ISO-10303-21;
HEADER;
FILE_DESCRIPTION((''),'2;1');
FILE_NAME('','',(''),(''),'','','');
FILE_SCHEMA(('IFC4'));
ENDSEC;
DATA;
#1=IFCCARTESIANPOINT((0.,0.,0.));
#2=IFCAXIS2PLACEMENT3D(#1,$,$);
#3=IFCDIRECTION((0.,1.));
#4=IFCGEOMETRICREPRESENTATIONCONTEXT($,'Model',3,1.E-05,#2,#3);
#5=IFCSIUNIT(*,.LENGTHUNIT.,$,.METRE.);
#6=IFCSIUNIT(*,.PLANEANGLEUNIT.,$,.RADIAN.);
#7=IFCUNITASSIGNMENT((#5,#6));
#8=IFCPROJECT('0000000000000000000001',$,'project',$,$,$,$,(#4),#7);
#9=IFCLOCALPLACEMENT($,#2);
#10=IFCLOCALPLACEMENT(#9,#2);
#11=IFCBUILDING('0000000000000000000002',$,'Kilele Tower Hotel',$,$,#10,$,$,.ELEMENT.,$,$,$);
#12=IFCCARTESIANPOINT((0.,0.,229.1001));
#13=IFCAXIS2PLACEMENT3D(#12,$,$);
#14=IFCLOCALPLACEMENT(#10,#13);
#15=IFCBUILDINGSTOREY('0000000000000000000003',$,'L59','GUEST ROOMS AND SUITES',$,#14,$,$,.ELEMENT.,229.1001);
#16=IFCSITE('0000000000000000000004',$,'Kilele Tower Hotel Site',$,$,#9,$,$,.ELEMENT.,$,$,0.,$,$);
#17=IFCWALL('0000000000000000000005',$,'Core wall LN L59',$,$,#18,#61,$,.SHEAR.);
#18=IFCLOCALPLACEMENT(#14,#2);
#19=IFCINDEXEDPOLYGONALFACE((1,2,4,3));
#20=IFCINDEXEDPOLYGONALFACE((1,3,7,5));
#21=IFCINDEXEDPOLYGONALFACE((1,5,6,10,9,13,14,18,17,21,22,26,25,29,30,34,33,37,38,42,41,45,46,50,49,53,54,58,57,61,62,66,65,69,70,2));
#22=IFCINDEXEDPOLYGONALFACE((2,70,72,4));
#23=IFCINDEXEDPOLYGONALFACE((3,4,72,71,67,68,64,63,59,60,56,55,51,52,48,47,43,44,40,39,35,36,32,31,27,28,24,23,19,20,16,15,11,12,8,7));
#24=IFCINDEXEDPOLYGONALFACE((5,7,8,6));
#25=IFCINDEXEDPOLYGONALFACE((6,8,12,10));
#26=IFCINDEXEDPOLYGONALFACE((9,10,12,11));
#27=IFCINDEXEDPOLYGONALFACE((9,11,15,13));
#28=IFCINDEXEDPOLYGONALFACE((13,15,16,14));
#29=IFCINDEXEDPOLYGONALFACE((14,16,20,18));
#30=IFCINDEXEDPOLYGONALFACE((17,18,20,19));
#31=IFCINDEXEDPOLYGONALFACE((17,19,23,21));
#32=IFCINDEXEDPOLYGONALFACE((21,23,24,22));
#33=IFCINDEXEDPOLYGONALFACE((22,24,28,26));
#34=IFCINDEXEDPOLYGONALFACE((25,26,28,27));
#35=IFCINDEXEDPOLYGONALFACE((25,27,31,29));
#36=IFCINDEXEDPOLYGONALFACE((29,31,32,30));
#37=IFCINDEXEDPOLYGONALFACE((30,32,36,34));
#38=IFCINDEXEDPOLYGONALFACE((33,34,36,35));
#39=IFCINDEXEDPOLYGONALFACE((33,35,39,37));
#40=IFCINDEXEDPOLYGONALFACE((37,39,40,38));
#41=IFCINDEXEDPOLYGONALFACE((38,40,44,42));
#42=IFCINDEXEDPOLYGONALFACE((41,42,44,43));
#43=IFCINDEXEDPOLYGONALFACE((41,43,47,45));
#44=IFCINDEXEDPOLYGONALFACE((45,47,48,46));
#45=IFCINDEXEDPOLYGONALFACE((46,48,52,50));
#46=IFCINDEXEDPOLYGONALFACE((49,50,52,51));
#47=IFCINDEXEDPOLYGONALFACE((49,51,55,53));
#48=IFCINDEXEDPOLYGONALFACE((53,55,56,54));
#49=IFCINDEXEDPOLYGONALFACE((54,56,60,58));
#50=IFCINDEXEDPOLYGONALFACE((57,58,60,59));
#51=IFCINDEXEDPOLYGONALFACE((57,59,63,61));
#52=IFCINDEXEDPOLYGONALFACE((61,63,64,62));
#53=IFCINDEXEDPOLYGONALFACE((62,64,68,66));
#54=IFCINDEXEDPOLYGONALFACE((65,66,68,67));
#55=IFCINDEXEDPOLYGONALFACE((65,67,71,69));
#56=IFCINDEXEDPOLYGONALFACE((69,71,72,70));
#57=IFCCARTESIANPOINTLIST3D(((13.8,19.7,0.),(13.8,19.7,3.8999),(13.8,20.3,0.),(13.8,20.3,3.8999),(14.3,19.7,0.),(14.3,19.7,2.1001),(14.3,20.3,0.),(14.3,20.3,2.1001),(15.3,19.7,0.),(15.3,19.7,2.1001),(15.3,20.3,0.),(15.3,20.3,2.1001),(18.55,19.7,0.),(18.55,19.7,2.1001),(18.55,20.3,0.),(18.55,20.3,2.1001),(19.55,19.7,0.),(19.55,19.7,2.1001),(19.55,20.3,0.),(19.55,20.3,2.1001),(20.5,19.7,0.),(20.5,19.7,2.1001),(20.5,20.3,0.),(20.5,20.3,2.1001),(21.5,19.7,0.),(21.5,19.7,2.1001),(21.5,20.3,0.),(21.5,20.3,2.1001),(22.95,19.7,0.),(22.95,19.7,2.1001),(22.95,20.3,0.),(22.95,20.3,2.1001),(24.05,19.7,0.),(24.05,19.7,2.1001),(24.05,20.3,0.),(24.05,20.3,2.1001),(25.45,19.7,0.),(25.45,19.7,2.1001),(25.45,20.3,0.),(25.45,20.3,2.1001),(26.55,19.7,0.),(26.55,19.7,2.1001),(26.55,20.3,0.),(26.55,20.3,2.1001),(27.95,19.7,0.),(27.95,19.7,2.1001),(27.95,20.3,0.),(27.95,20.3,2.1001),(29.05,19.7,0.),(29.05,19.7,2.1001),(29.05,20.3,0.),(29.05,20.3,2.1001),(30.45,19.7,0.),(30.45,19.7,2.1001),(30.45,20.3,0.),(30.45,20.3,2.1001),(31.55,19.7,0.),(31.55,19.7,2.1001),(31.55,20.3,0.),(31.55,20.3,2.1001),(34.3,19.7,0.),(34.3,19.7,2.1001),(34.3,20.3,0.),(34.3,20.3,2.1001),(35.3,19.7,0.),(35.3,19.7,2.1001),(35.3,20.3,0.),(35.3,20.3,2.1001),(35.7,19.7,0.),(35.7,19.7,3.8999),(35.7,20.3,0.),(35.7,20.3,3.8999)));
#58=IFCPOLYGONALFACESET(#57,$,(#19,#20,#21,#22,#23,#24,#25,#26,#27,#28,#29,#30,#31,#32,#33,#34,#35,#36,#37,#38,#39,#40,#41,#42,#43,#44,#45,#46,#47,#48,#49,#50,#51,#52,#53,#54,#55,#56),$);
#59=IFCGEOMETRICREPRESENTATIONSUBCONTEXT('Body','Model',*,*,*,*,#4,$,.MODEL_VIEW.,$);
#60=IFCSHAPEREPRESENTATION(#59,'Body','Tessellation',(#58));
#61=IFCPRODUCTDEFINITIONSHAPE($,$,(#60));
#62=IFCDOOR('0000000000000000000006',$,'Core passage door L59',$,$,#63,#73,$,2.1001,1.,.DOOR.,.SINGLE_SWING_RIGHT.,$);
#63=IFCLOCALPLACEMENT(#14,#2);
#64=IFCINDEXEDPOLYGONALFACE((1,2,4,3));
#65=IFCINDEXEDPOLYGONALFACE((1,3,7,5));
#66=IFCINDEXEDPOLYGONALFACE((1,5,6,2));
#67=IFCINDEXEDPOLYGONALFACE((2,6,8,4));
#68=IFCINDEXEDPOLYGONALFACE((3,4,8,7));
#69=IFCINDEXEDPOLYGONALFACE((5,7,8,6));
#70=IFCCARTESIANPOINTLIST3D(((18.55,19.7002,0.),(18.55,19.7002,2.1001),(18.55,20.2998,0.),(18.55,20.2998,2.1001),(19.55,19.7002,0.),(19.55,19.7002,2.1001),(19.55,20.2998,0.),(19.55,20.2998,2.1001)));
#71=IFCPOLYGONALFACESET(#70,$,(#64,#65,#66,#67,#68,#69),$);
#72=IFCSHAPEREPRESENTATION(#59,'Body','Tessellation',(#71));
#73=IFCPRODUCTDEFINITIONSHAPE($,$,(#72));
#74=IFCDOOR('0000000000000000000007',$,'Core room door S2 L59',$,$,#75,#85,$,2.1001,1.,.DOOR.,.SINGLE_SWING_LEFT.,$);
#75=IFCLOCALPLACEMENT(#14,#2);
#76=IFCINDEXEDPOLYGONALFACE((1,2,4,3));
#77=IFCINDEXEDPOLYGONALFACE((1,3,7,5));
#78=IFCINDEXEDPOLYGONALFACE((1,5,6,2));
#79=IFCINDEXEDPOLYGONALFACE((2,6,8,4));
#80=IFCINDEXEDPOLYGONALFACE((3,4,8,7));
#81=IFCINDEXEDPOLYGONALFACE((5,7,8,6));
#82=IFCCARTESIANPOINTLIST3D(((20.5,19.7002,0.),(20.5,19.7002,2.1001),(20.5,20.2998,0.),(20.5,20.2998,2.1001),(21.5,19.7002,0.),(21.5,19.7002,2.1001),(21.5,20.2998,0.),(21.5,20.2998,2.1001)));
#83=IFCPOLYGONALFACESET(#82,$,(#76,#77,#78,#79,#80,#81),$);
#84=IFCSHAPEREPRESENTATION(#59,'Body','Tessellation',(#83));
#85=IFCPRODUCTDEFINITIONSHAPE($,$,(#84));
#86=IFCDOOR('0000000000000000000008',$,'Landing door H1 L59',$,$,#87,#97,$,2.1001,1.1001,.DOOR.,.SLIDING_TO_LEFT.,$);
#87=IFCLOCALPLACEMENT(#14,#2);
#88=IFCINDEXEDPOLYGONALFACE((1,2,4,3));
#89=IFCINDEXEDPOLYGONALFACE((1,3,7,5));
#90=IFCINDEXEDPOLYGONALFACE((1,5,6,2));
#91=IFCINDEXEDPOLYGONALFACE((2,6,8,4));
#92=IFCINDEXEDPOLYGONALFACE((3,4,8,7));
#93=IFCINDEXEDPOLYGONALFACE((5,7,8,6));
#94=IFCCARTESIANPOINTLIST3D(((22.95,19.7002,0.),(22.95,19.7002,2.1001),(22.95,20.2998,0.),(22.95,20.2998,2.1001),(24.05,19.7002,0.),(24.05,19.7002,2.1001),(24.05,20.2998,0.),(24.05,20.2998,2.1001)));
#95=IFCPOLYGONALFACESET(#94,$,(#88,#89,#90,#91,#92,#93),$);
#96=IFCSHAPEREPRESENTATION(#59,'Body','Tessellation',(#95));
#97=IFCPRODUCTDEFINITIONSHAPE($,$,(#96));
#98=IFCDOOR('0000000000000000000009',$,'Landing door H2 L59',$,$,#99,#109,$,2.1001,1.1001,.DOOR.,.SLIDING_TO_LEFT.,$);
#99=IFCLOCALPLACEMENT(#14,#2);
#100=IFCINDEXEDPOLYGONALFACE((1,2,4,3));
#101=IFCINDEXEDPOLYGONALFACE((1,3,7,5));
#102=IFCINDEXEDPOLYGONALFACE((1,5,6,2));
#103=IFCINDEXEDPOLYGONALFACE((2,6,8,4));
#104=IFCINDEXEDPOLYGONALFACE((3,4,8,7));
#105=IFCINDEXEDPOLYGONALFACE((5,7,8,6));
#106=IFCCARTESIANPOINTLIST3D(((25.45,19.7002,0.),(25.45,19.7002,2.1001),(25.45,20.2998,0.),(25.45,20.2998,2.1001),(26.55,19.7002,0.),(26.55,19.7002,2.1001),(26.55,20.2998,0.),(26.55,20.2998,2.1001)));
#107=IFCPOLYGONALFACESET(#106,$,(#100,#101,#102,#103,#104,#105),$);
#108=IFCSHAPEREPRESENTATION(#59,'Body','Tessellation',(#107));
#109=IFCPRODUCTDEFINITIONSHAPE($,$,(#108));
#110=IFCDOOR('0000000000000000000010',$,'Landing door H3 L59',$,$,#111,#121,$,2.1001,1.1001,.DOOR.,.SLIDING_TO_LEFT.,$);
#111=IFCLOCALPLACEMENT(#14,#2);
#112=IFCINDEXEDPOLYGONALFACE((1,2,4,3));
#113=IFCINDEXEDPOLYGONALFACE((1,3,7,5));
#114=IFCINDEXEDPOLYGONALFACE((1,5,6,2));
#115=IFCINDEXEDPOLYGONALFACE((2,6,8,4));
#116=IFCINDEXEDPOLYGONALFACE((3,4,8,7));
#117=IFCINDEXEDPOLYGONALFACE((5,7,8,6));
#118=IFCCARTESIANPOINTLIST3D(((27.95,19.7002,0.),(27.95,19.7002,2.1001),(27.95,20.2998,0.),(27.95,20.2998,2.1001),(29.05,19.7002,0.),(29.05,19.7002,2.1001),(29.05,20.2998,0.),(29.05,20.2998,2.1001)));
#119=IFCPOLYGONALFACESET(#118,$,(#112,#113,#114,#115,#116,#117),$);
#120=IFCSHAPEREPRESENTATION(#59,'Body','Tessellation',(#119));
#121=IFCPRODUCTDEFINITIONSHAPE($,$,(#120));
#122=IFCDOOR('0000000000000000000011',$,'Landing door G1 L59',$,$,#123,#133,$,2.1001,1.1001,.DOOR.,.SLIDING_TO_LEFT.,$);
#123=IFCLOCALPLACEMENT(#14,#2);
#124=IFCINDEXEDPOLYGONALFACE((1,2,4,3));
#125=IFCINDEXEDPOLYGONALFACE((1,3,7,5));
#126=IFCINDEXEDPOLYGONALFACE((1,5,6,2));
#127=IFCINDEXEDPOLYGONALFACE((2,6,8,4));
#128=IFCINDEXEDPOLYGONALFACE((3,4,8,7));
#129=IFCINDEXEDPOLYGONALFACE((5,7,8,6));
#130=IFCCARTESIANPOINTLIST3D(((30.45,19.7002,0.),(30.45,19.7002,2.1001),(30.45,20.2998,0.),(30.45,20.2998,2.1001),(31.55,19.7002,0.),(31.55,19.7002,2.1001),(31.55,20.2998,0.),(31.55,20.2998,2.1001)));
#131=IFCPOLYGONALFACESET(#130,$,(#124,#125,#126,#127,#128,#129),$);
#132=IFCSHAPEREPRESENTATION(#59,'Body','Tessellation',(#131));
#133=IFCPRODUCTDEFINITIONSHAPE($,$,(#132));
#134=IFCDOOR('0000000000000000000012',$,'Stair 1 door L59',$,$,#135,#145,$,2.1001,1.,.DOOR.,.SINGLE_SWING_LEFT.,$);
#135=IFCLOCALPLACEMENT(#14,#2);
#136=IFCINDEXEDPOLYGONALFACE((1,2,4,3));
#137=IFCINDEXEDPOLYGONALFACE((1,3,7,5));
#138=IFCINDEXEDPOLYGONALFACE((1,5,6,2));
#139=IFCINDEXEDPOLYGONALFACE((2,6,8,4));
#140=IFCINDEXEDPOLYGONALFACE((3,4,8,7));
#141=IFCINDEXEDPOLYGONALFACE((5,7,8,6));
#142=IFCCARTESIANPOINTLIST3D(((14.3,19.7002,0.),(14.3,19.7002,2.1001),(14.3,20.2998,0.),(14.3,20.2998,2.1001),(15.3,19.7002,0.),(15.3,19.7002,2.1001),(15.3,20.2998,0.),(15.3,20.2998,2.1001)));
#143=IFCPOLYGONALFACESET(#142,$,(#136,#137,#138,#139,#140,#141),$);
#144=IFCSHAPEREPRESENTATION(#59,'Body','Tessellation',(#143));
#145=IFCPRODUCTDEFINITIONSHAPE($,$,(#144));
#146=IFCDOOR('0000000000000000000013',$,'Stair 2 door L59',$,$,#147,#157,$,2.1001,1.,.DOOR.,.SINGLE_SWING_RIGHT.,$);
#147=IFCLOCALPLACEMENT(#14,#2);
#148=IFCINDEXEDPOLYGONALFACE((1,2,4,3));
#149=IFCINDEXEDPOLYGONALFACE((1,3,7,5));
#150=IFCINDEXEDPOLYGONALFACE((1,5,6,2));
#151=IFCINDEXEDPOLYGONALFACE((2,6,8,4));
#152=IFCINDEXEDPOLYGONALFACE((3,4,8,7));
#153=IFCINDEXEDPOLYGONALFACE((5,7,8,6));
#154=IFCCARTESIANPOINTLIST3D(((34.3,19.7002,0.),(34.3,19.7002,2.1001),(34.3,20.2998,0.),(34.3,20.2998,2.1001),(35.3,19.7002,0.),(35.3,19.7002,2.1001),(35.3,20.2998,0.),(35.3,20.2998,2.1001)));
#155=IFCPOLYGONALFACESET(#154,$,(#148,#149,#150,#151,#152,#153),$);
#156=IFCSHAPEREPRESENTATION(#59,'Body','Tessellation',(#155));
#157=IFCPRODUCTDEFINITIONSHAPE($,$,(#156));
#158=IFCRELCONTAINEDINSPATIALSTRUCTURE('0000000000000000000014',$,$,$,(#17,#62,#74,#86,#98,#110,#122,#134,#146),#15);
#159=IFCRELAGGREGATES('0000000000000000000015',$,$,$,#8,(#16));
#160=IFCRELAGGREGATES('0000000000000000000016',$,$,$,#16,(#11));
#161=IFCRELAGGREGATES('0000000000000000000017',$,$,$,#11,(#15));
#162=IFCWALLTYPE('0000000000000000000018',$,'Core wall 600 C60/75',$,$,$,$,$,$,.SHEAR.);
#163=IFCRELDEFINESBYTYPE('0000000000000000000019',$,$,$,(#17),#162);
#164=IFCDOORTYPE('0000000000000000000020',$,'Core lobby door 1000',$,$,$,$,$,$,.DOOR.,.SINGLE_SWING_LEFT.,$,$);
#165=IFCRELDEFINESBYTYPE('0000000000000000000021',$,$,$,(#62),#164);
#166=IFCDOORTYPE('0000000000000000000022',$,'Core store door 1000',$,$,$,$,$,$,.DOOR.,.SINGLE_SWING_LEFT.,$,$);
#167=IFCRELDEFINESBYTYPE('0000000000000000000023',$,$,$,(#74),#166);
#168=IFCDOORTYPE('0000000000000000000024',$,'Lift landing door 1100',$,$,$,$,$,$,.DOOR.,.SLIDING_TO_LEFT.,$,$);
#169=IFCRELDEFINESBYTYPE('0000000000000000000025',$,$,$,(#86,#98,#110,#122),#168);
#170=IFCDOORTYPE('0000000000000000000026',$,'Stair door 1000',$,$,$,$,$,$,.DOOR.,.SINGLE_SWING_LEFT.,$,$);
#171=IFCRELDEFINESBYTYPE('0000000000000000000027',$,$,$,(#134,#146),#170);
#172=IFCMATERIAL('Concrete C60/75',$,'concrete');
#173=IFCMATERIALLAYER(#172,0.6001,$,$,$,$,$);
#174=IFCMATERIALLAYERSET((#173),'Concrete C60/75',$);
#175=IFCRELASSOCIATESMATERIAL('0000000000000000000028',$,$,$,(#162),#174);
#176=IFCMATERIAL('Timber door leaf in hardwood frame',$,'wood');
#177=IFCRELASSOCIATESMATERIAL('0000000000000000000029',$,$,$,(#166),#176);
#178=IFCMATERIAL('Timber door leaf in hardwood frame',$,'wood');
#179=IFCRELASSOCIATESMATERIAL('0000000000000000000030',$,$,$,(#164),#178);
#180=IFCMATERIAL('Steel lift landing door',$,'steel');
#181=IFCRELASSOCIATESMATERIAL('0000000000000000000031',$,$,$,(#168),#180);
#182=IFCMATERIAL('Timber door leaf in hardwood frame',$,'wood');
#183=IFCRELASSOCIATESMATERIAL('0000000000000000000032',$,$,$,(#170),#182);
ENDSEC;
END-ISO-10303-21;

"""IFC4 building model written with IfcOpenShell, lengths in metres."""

from ifc_helpers import new_model, si_unit, direction, frame, frame_2d, origin, place, context, subcontext, project, spatial, rectangle, extrude, material, layer, layer_set, type_object, element, fill, save


model = new_model("IFC4")

# Units and contexts
model_context = context("Model", 3, precision=1e-05, world=origin(), true_north=direction((0.0, 1.0)))
body_context = subcontext(model_context, "Body", "Model", "MODEL_VIEW")
ifc_project = project(units=[si_unit("LENGTHUNIT", "METRE"), si_unit("PLANEANGLEUNIT", "RADIAN")], contexts=[model_context])

# Site, building, storey
site_placement = place(None, origin())
site = spatial("IfcSite", under=ifc_project, at=site_placement, Name="Kilele Tower Hotel Site", CompositionType="ELEMENT", RefElevation=0.0)
building_placement = place(site_placement, origin())
building = spatial("IfcBuilding", under=site, at=building_placement, Name="Kilele Tower Hotel", CompositionType="ELEMENT")
storey_placement = place(building_placement, frame((0.0, 0.0, 229.1001)))
storey = spatial("IfcBuildingStorey", under=building, at=storey_placement, Name="L59", Description="GUEST ROOMS AND SUITES", CompositionType="ELEMENT", Elevation=229.1001)

# Shared definitions
ifc_material_1 = material(Name="Concrete C60/75", Category="concrete")
ifc_layer_1 = layer(ifc_material_1, 0.6001)
ifc_layer_set_1 = layer_set([ifc_layer_1], Name="Concrete C60/75")
wall_type_1 = type_object("IfcWallType", Name="Core wall 600 C60/75", PredefinedType="SHEAR", material=ifc_layer_set_1)

# Wall, openings, doors
ifc_material_2 = material(Name="Timber door leaf in hardwood frame", Category="wood")
door_type_1 = type_object("IfcDoorType", Name="Core store door 1000", OperationType="SINGLE_SWING_LEFT", PredefinedType="DOOR", material=ifc_material_2)
wall_1_placement = place(storey_placement, frame((13.8, 20.0, 0.0), z_axis=(0.0, 0.0, 1.0), x_axis=(1.0, 0.0, 0.0)))
wall_1 = element("IfcWall", 1, at=wall_1_placement, inside=storey, type_object=wall_type_1, Name="Core wall LN L59", PredefinedType="SHEAR", context=body_context, shape_type="SweptSolid", body=[
    extrude(rectangle(XDim=21.8999, YDim=0.6001, at=frame_2d((10.95, 0.0))), origin(), (0.0, 0.0, 1.0), 3.8999),
])
opening_1_placement = place(wall_1_placement, frame((0.5, 0.0, 0.0)))
opening_1 = element("IfcOpeningElement", 2, at=opening_1_placement, cuts=wall_1, PredefinedType="OPENING", context=body_context, shape_type="SweptSolid", body=[
    extrude(rectangle(XDim=1.0, YDim=2.1001, at=frame_2d((0.5, 1.05))), frame((0.0, 0.3101, 0.0), z_axis=(0.0, -1.0, 0.0), x_axis=(1.0, 0.0, 0.0)), (0.0, 0.0, 1.0), 0.6201),
])
opening_2_placement = place(wall_1_placement, frame((20.5, 0.0, 0.0)))
opening_2 = element("IfcOpeningElement", 3, at=opening_2_placement, cuts=wall_1, PredefinedType="OPENING", context=body_context, shape_type="SweptSolid", body=[
    extrude(rectangle(XDim=1.0, YDim=2.1001, at=frame_2d((0.5, 1.05))), frame((0.0, 0.3101, 0.0), z_axis=(0.0, -1.0, 0.0), x_axis=(1.0, 0.0, 0.0)), (0.0, 0.0, 1.0), 0.6201),
])
opening_3_placement = place(wall_1_placement, frame((9.1499, 0.0, 0.0)))
opening_3 = element("IfcOpeningElement", 4, at=opening_3_placement, cuts=wall_1, PredefinedType="OPENING", context=body_context, shape_type="SweptSolid", body=[
    extrude(rectangle(XDim=1.1001, YDim=2.1001, at=frame_2d((0.55, 1.05))), frame((0.0, 0.3101, 0.0), z_axis=(0.0, -1.0, 0.0), x_axis=(1.0, 0.0, 0.0)), (0.0, 0.0, 1.0), 0.6201),
])
opening_4_placement = place(wall_1_placement, frame((11.6499, 0.0, 0.0)))
opening_4 = element("IfcOpeningElement", 5, at=opening_4_placement, cuts=wall_1, PredefinedType="OPENING", context=body_context, shape_type="SweptSolid", body=[
    extrude(rectangle(XDim=1.1001, YDim=2.1001, at=frame_2d((0.55, 1.05))), frame((0.0, 0.3101, 0.0), z_axis=(0.0, -1.0, 0.0), x_axis=(1.0, 0.0, 0.0)), (0.0, 0.0, 1.0), 0.6201),
])
opening_5_placement = place(wall_1_placement, frame((14.1499, 0.0, 0.0)))
opening_5 = element("IfcOpeningElement", 6, at=opening_5_placement, cuts=wall_1, PredefinedType="OPENING", context=body_context, shape_type="SweptSolid", body=[
    extrude(rectangle(XDim=1.1001, YDim=2.1001, at=frame_2d((0.55, 1.05))), frame((0.0, 0.3101, 0.0), z_axis=(0.0, -1.0, 0.0), x_axis=(1.0, 0.0, 0.0)), (0.0, 0.0, 1.0), 0.6201),
])
opening_6_placement = place(wall_1_placement, frame((16.6499, 0.0, 0.0)))
opening_6 = element("IfcOpeningElement", 7, at=opening_6_placement, cuts=wall_1, PredefinedType="OPENING", context=body_context, shape_type="SweptSolid", body=[
    extrude(rectangle(XDim=1.1001, YDim=2.1001, at=frame_2d((0.55, 1.05))), frame((0.0, 0.3101, 0.0), z_axis=(0.0, -1.0, 0.0), x_axis=(1.0, 0.0, 0.0)), (0.0, 0.0, 1.0), 0.6201),
])
opening_7_placement = place(wall_1_placement, frame((5.75, 0.0, 0.0), z_axis=(0.0, 0.0, 1.0), x_axis=(-1.0, 0.0, 0.0)))
opening_7 = element("IfcOpeningElement", 8, at=opening_7_placement, cuts=wall_1, PredefinedType="OPENING", context=body_context, shape_type="SweptSolid", body=[
    extrude(rectangle(XDim=1.0, YDim=2.1001, at=frame_2d((0.5, 1.05))), frame((0.0, 0.3101, 0.0), z_axis=(0.0, -1.0, 0.0), x_axis=(1.0, 0.0, 0.0)), (0.0, 0.0, 1.0), 0.6201),
])
opening_8_placement = place(wall_1_placement, frame((6.7, 0.0, 0.0)))
opening_8 = element("IfcOpeningElement", 9, at=opening_8_placement, cuts=wall_1, PredefinedType="OPENING", context=body_context, shape_type="SweptSolid", body=[
    extrude(rectangle(XDim=1.0, YDim=2.1001, at=frame_2d((0.5, 1.05))), frame((0.0, 0.3101, 0.0), z_axis=(0.0, -1.0, 0.0), x_axis=(1.0, 0.0, 0.0)), (0.0, 0.0, 1.0), 0.6201),
])
ifc_material_3 = material(Name="Timber door leaf in hardwood frame", Category="wood")
door_type_2 = type_object("IfcDoorType", Name="Core lobby door 1000", OperationType="SINGLE_SWING_LEFT", PredefinedType="DOOR", material=ifc_material_3)
door_1_placement = place(opening_7_placement, origin())
door_1 = element("IfcDoor", 10, at=door_1_placement, inside=storey, type_object=door_type_2, Name="Core passage door L59", OperationType="SINGLE_SWING_RIGHT", OverallHeight=2.1001, OverallWidth=1.0, PredefinedType="DOOR", context=body_context, shape_type="SweptSolid", body=[
    extrude(rectangle(XDim=1.0, YDim=2.1001, at=frame_2d((0.5, 1.05))), frame((0.0, 0.2998, 0.0), z_axis=(0.0, -1.0, 0.0), x_axis=(1.0, 0.0, 0.0)), (0.0, 0.0, 1.0), 0.5996),
])
fill(opening_7, door_1)
door_2_placement = place(opening_8_placement, origin())
door_2 = element("IfcDoor", 11, at=door_2_placement, inside=storey, type_object=door_type_1, Name="Core room door S2 L59", OperationType="SINGLE_SWING_LEFT", OverallHeight=2.1001, OverallWidth=1.0, PredefinedType="DOOR", context=body_context, shape_type="SweptSolid", body=[
    extrude(rectangle(XDim=1.0, YDim=2.1001, at=frame_2d((0.5, 1.05))), frame((0.0, 0.2998, 0.0), z_axis=(0.0, -1.0, 0.0), x_axis=(1.0, 0.0, 0.0)), (0.0, 0.0, 1.0), 0.5996),
])
fill(opening_8, door_2)
ifc_material_4 = material(Name="Steel lift landing door", Category="steel")
door_type_3 = type_object("IfcDoorType", Name="Lift landing door 1100", OperationType="SLIDING_TO_LEFT", PredefinedType="DOOR", material=ifc_material_4)
door_3_placement = place(opening_3_placement, origin())
door_3 = element("IfcDoor", 12, at=door_3_placement, inside=storey, type_object=door_type_3, Name="Landing door H1 L59", OperationType="SLIDING_TO_LEFT", OverallHeight=2.1001, OverallWidth=1.1001, PredefinedType="DOOR", context=body_context, shape_type="SweptSolid", body=[
    extrude(rectangle(XDim=1.1001, YDim=2.1001, at=frame_2d((0.55, 1.05))), frame((0.0, 0.2998, 0.0), z_axis=(0.0, -1.0, 0.0), x_axis=(1.0, 0.0, 0.0)), (0.0, 0.0, 1.0), 0.5996),
])
fill(opening_3, door_3)
door_4_placement = place(opening_4_placement, origin())
door_4 = element("IfcDoor", 13, at=door_4_placement, inside=storey, type_object=door_type_3, Name="Landing door H2 L59", OperationType="SLIDING_TO_LEFT", OverallHeight=2.1001, OverallWidth=1.1001, PredefinedType="DOOR", context=body_context, shape_type="SweptSolid", body=[
    extrude(rectangle(XDim=1.1001, YDim=2.1001, at=frame_2d((0.55, 1.05))), frame((0.0, 0.2998, 0.0), z_axis=(0.0, -1.0, 0.0), x_axis=(1.0, 0.0, 0.0)), (0.0, 0.0, 1.0), 0.5996),
])
fill(opening_4, door_4)
door_5_placement = place(opening_5_placement, origin())
door_5 = element("IfcDoor", 14, at=door_5_placement, inside=storey, type_object=door_type_3, Name="Landing door H3 L59", OperationType="SLIDING_TO_LEFT", OverallHeight=2.1001, OverallWidth=1.1001, PredefinedType="DOOR", context=body_context, shape_type="SweptSolid", body=[
    extrude(rectangle(XDim=1.1001, YDim=2.1001, at=frame_2d((0.55, 1.05))), frame((0.0, 0.2998, 0.0), z_axis=(0.0, -1.0, 0.0), x_axis=(1.0, 0.0, 0.0)), (0.0, 0.0, 1.0), 0.5996),
])
fill(opening_5, door_5)
door_6_placement = place(opening_6_placement, origin())
door_6 = element("IfcDoor", 15, at=door_6_placement, inside=storey, type_object=door_type_3, Name="Landing door G1 L59", OperationType="SLIDING_TO_LEFT", OverallHeight=2.1001, OverallWidth=1.1001, PredefinedType="DOOR", context=body_context, shape_type="SweptSolid", body=[
    extrude(rectangle(XDim=1.1001, YDim=2.1001, at=frame_2d((0.55, 1.05))), frame((0.0, 0.2998, 0.0), z_axis=(0.0, -1.0, 0.0), x_axis=(1.0, 0.0, 0.0)), (0.0, 0.0, 1.0), 0.5996),
])
fill(opening_6, door_6)
ifc_material_5 = material(Name="Timber door leaf in hardwood frame", Category="wood")
door_type_4 = type_object("IfcDoorType", Name="Stair door 1000", OperationType="SINGLE_SWING_LEFT", PredefinedType="DOOR", material=ifc_material_5)
door_7_placement = place(opening_1_placement, origin())
door_7 = element("IfcDoor", 16, at=door_7_placement, inside=storey, type_object=door_type_4, Name="Stair 1 door L59", OperationType="SINGLE_SWING_LEFT", OverallHeight=2.1001, OverallWidth=1.0, PredefinedType="DOOR", context=body_context, shape_type="SweptSolid", body=[
    extrude(rectangle(XDim=1.0, YDim=2.1001, at=frame_2d((0.5, 1.05))), frame((0.0, 0.2998, 0.0), z_axis=(0.0, -1.0, 0.0), x_axis=(1.0, 0.0, 0.0)), (0.0, 0.0, 1.0), 0.5996),
])
fill(opening_1, door_7)
door_8_placement = place(opening_2_placement, origin())
door_8 = element("IfcDoor", 17, at=door_8_placement, inside=storey, type_object=door_type_4, Name="Stair 2 door L59", OperationType="SINGLE_SWING_RIGHT", OverallHeight=2.1001, OverallWidth=1.0, PredefinedType="DOOR", context=body_context, shape_type="SweptSolid", body=[
    extrude(rectangle(XDim=1.0, YDim=2.1001, at=frame_2d((0.5, 1.05))), frame((0.0, 0.2998, 0.0), z_axis=(0.0, -1.0, 0.0), x_axis=(1.0, 0.0, 0.0)), (0.0, 0.0, 1.0), 0.5996),
])
fill(opening_2, door_8)

save(model, "model.ifc")
